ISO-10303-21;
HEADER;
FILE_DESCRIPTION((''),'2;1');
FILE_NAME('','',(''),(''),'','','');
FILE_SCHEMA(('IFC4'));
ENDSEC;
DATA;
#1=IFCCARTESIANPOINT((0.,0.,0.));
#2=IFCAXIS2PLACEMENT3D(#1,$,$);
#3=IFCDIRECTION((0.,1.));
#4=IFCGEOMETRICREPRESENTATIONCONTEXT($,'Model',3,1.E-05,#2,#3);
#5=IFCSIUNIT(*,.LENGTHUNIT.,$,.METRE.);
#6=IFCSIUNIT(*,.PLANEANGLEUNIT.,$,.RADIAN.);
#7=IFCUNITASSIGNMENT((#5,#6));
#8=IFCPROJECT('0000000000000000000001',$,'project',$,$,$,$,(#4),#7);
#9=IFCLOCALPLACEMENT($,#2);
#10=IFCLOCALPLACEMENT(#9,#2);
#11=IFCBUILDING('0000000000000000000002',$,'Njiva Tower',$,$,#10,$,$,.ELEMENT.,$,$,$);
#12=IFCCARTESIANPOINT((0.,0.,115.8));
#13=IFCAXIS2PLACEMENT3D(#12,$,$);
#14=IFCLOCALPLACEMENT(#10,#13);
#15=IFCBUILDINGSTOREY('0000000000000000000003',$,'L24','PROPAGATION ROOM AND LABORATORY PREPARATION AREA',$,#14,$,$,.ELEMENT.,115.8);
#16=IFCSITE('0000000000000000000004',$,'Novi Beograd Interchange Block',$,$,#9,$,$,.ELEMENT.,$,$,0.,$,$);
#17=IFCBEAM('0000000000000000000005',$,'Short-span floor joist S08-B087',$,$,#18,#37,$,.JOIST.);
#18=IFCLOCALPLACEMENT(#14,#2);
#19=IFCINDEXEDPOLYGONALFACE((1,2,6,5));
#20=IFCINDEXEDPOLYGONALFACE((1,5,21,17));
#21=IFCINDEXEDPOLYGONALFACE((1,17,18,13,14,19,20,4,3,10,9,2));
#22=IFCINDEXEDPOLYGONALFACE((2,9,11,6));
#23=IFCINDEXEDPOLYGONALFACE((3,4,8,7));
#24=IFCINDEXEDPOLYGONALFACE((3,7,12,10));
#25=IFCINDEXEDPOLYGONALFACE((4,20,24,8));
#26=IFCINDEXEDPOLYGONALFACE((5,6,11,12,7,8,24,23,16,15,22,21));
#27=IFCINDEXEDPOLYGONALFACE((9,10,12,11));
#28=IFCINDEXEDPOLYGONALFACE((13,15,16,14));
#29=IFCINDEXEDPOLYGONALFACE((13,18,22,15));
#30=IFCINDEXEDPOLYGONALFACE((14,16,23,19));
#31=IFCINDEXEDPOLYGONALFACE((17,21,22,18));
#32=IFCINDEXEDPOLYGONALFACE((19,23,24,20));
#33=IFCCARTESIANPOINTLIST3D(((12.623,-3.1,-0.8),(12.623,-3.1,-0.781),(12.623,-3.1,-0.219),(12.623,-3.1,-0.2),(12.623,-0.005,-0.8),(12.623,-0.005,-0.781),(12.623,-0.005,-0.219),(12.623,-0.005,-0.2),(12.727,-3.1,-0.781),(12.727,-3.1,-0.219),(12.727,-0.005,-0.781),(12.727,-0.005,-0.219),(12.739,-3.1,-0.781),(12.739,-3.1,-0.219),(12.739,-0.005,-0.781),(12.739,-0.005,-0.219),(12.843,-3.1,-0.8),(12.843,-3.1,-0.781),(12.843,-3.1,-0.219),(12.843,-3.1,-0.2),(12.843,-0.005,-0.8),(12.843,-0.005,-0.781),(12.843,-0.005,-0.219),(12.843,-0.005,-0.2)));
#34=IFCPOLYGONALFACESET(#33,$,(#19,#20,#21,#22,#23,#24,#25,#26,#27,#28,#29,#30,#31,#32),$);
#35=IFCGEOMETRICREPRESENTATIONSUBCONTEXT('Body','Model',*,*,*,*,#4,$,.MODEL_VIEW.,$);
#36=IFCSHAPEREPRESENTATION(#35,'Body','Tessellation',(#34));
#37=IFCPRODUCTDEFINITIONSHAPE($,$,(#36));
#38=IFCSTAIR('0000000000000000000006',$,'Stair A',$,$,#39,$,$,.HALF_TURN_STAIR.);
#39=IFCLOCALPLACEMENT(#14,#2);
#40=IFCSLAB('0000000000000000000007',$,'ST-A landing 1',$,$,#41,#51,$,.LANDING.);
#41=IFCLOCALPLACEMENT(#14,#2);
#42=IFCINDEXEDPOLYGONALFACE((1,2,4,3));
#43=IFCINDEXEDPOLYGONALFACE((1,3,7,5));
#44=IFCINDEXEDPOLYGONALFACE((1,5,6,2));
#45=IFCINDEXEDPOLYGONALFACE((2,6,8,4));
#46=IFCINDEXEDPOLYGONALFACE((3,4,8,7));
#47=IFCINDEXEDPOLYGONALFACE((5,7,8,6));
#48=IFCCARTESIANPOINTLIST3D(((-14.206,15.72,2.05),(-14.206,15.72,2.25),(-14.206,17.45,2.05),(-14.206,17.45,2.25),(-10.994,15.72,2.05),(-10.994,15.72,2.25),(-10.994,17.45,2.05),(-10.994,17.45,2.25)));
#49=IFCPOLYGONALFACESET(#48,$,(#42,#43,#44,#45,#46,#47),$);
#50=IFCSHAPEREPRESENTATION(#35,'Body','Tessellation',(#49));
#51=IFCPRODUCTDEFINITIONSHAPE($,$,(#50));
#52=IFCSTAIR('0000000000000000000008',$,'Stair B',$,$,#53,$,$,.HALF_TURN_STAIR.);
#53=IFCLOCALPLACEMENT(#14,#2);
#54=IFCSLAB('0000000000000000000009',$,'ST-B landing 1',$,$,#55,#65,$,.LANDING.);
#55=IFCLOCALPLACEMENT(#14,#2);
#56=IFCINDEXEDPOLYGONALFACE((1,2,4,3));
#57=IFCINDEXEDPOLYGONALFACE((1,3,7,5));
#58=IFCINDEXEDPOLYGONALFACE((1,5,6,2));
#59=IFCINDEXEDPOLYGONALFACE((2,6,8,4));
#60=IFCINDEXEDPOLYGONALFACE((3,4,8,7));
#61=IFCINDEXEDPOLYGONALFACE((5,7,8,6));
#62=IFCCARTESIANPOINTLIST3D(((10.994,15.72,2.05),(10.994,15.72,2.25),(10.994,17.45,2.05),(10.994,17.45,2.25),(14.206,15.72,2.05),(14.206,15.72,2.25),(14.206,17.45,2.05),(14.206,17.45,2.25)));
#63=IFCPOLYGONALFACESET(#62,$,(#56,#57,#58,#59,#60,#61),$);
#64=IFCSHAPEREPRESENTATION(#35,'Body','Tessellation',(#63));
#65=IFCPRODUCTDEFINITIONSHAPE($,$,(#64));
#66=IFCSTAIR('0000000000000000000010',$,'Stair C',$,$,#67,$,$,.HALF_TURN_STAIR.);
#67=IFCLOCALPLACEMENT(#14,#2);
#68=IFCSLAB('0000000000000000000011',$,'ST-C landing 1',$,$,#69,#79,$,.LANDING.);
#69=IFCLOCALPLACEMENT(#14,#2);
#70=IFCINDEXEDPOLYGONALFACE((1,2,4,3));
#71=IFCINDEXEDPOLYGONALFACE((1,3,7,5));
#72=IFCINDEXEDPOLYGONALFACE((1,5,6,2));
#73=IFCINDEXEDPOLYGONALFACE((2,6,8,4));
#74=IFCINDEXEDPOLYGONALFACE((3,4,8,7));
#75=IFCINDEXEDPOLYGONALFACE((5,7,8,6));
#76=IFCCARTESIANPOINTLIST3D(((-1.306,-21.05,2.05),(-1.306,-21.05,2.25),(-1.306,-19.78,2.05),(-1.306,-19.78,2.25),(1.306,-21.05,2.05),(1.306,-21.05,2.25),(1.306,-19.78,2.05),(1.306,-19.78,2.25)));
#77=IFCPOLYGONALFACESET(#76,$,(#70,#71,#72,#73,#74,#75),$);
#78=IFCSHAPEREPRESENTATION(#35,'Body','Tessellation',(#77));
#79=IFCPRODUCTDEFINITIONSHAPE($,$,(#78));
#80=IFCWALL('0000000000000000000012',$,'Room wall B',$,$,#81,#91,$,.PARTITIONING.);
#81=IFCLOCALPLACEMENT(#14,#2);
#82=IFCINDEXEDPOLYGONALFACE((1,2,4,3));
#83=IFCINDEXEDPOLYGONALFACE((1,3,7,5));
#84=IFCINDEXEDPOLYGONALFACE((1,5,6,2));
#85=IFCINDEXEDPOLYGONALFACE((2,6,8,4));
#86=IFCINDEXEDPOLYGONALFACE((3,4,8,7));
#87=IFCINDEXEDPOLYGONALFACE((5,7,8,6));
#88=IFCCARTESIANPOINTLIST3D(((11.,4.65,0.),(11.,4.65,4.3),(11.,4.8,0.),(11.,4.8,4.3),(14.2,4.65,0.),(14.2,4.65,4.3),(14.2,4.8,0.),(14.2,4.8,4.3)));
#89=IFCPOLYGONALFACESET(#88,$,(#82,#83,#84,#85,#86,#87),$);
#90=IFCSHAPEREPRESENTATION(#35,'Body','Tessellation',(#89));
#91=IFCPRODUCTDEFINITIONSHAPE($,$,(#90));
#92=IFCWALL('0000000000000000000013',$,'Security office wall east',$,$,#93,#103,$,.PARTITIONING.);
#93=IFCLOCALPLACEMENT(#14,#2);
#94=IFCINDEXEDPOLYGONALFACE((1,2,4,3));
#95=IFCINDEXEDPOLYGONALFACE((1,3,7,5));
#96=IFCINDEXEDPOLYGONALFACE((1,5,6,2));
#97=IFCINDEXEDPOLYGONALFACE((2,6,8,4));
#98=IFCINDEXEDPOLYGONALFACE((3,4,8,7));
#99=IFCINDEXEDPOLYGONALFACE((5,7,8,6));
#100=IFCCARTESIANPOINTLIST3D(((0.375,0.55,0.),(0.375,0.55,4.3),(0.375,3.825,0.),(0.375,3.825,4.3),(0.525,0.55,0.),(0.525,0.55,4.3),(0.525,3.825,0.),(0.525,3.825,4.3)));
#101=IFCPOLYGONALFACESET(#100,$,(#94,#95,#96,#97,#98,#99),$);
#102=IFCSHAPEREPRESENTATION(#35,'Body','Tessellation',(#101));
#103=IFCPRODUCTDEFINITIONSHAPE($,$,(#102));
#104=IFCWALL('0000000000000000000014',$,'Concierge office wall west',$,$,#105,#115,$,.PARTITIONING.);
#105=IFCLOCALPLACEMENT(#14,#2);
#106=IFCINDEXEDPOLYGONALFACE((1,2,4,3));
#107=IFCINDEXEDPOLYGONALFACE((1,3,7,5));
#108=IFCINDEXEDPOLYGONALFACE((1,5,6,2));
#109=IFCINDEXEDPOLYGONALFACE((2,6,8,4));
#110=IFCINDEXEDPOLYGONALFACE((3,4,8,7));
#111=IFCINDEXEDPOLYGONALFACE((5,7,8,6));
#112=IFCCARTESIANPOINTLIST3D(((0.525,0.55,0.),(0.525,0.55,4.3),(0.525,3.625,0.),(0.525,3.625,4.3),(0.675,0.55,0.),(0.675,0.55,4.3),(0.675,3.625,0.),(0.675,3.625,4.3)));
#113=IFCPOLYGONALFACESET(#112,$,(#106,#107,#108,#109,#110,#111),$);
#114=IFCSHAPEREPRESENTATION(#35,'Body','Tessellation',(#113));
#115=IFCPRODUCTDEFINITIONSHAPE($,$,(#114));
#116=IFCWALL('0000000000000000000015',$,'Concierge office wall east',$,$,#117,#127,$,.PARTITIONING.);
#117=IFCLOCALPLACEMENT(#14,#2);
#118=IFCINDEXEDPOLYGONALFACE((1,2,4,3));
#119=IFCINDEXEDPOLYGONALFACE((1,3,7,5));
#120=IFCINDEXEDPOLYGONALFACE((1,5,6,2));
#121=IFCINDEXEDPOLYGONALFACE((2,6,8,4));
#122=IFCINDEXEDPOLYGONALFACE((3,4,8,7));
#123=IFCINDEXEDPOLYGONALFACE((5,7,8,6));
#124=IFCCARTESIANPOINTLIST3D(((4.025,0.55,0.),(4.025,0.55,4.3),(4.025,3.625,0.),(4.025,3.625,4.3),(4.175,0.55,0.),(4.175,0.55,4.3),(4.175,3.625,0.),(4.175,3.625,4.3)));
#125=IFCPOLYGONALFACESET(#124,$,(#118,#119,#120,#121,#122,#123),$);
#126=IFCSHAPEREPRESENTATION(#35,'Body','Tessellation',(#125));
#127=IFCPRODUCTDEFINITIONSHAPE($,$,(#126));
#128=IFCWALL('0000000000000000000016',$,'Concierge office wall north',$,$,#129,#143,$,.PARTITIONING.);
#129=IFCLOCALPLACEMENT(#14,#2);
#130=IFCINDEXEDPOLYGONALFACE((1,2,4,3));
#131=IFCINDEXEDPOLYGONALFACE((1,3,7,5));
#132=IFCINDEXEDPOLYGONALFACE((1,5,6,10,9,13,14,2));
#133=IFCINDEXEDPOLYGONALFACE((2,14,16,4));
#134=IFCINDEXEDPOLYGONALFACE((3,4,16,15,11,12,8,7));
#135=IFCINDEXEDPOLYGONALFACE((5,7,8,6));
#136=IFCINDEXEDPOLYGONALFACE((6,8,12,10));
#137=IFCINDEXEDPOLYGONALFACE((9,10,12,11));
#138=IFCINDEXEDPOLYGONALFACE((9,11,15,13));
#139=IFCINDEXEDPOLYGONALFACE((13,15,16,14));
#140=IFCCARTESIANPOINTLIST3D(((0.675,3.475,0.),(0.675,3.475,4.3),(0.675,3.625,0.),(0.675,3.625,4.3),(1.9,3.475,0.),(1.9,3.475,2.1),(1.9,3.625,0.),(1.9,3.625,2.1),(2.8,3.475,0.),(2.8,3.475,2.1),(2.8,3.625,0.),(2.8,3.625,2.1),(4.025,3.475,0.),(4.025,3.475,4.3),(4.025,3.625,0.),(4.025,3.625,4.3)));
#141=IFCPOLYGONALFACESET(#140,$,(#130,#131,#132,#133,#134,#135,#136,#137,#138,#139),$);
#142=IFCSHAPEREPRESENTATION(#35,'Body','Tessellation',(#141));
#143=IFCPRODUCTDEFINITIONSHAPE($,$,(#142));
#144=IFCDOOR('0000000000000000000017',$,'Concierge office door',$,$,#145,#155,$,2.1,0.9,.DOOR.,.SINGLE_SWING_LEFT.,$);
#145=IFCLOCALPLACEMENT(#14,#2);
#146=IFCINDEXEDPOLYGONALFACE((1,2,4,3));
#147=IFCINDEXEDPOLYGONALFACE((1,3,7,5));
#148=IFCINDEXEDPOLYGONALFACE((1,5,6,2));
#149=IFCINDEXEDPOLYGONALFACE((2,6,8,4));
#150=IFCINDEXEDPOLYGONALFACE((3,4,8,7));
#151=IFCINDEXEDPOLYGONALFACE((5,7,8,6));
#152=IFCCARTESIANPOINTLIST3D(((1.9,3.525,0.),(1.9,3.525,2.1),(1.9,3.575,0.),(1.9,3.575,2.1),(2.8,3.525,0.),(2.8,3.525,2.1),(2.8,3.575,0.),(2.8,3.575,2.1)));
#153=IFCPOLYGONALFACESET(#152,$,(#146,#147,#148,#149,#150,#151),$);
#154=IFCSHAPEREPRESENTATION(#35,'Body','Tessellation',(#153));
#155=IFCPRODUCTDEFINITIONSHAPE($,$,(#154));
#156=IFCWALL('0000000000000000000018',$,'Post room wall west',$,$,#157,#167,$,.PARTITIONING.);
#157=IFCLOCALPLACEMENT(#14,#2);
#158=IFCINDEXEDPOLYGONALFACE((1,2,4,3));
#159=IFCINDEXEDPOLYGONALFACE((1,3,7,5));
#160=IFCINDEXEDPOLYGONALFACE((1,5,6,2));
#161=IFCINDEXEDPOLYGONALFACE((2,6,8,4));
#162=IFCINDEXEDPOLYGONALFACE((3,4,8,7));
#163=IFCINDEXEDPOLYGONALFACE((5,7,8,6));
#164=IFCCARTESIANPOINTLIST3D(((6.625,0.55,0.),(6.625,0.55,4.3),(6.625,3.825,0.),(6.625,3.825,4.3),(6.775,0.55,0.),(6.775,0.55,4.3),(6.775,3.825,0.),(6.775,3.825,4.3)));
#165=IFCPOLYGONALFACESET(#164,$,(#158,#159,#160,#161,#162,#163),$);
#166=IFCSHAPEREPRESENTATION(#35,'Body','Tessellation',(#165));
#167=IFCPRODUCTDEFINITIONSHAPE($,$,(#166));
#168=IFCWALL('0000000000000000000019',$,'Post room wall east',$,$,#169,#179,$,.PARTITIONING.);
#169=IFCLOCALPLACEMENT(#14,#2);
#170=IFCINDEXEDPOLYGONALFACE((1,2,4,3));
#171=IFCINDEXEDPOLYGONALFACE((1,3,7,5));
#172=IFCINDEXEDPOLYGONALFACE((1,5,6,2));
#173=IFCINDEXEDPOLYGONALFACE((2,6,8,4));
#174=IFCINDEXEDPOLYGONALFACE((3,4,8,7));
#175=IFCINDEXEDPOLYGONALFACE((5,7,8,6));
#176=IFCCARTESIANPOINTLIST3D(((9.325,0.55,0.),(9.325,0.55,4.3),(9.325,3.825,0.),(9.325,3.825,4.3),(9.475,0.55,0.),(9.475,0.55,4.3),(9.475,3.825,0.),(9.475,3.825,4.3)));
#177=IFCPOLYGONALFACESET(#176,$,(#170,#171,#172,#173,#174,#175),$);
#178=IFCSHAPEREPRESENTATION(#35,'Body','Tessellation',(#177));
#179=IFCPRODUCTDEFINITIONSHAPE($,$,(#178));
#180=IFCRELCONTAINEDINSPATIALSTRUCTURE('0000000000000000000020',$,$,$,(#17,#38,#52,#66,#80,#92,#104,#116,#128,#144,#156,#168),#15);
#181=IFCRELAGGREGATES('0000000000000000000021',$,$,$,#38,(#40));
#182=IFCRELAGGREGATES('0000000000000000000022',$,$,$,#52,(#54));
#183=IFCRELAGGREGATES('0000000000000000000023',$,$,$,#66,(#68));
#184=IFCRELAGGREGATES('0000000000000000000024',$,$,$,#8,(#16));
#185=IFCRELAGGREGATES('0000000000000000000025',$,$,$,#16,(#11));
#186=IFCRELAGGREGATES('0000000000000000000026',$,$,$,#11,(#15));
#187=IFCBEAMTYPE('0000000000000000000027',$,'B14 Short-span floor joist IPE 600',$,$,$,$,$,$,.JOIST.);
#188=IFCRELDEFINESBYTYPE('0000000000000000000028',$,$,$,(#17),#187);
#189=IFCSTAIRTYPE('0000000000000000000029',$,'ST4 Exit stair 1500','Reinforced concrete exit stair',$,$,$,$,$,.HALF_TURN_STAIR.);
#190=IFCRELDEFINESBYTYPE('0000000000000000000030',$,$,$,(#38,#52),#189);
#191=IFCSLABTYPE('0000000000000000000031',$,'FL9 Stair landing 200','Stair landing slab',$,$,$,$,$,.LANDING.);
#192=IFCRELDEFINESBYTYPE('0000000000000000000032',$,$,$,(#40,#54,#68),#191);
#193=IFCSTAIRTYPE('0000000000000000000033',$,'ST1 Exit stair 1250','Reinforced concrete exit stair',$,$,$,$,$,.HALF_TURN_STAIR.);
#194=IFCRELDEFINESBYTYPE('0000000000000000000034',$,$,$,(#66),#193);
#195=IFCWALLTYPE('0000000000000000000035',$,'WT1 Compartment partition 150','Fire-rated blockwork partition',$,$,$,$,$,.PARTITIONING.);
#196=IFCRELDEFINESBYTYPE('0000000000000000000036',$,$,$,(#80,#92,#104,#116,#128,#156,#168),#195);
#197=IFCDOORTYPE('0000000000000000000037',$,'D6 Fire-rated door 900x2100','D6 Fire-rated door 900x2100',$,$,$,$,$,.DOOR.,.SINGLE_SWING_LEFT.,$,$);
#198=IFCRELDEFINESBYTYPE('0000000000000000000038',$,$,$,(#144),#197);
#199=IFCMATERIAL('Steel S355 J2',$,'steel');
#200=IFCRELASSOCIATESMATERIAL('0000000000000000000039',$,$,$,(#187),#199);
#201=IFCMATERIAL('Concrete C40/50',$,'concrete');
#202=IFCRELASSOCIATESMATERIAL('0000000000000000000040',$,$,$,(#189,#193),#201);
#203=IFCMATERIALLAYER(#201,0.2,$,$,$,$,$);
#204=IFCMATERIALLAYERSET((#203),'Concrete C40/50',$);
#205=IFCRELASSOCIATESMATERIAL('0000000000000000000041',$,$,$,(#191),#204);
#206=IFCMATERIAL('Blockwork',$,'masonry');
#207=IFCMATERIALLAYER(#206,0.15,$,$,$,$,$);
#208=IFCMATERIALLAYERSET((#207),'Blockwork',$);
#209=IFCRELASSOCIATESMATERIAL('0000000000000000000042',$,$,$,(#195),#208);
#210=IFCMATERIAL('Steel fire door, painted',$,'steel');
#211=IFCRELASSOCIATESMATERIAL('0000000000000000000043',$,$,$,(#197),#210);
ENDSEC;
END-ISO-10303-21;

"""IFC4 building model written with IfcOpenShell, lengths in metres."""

from ifc_helpers import new_model, si_unit, direction, frame, frame_2d, origin, origin_2d, place, context, subcontext, project, spatial, polyline, rectangle, i_section, outline, extrude, material, layer, layer_set, material_profile, profile_set, type_object, element, fill, aggregate, save


model = new_model("IFC4")

# Units and contexts
model_context = context("Model", 3, precision=1e-05, world=origin(), true_north=direction((0.0, 1.0)))
body_context = subcontext(model_context, "Body", "Model", "MODEL_VIEW")
ifc_project = project(units=[si_unit("LENGTHUNIT", "METRE"), si_unit("PLANEANGLEUNIT", "RADIAN")], contexts=[model_context])

# Site, building, storey
site_placement = place(None, origin())
site = spatial("IfcSite", under=ifc_project, at=site_placement, Name="Novi Beograd Interchange Block", CompositionType="ELEMENT", RefElevation=0.0)
building_placement = place(site_placement, origin())
building = spatial("IfcBuilding", under=site, at=building_placement, Name="Njiva Tower", CompositionType="ELEMENT")
storey_placement = place(building_placement, frame((0.0, 0.0, 115.8)))
storey = spatial("IfcBuildingStorey", under=building, at=storey_placement, Name="L24", Description="PROPAGATION ROOM AND LABORATORY PREPARATION AREA", CompositionType="ELEMENT", Elevation=115.8)

# Beam
ifc_material_1 = material(Name="Steel S355 J2", Category="steel")
ifc_material_profile = material_profile(ifc_material_1, i_section(OverallWidth=0.22, OverallDepth=0.6, WebThickness=0.012, FlangeThickness=0.019, at=origin_2d()), Name="IPE 600")
ifc_profile_set = profile_set([ifc_material_profile], Name="Steel S355 J2")
beam_type = type_object("IfcBeamType", Name="B14 Short-span floor joist IPE 600", PredefinedType="JOIST", material=ifc_profile_set)
beam_placement = place(storey_placement, frame((12.733, -0.005, -0.5), z_axis=(0.0, -1.0, 0.0), x_axis=(1.0, 0.0, 0.0)))
element("IfcBeam", 1, at=beam_placement, inside=storey, type_object=beam_type, Name="Short-span floor joist S08-B087", PredefinedType="JOIST", context=body_context, shape_type="SweptSolid", body=[
    extrude(i_section(OverallWidth=0.22, OverallDepth=0.6, WebThickness=0.012, FlangeThickness=0.019, at=origin_2d()), origin(), (0.0, 0.0, 1.0), 3.095),
])

# Stairs, slabs
ifc_material_2 = material(Name="Concrete C40/50", Category="concrete")
stair_type_1 = type_object("IfcStairType", Name="ST4 Exit stair 1500", Description="Reinforced concrete exit stair", PredefinedType="HALF_TURN_STAIR", material=ifc_material_2)
stair_1_placement = place(storey_placement, origin())
stair_1 = element("IfcStair", 2, at=stair_1_placement, inside=storey, type_object=stair_type_1, Name="Stair A", PredefinedType="HALF_TURN_STAIR")
ifc_layer_1 = layer(ifc_material_2, 0.2)
ifc_layer_set_1 = layer_set([ifc_layer_1], Name="Concrete C40/50")
slab_type = type_object("IfcSlabType", Name="FL9 Stair landing 200", Description="Stair landing slab", PredefinedType="LANDING", material=ifc_layer_set_1)
slab_1_placement = place(storey_placement, frame((0.0, 0.0, 2.05)))
slab_1 = element("IfcSlab", 3, at=slab_1_placement, type_object=slab_type, Name="ST-A landing 1", PredefinedType="LANDING", context=body_context, shape_type="SweptSolid", body=[
    extrude(outline(polyline([(-14.206, 15.72), (-10.994, 15.72), (-10.994, 17.45), (-14.206, 17.45), (-14.206, 15.72)])), origin(), (0.0, 0.0, 1.0), 0.2),
])
aggregate(stair_1, [slab_1])
stair_2_placement = place(storey_placement, origin())
stair_2 = element("IfcStair", 4, at=stair_2_placement, inside=storey, type_object=stair_type_1, Name="Stair B", PredefinedType="HALF_TURN_STAIR")
slab_2_placement = place(storey_placement, frame((0.0, 0.0, 2.05)))
slab_2 = element("IfcSlab", 5, at=slab_2_placement, type_object=slab_type, Name="ST-B landing 1", PredefinedType="LANDING", context=body_context, shape_type="SweptSolid", body=[
    extrude(outline(polyline([(10.994, 15.72), (14.206, 15.72), (14.206, 17.45), (10.994, 17.45), (10.994, 15.72)])), origin(), (0.0, 0.0, 1.0), 0.2),
])
aggregate(stair_2, [slab_2])
stair_type_2 = type_object("IfcStairType", Name="ST1 Exit stair 1250", Description="Reinforced concrete exit stair", PredefinedType="HALF_TURN_STAIR", material=ifc_material_2)
stair_3_placement = place(storey_placement, origin())
stair_3 = element("IfcStair", 6, at=stair_3_placement, inside=storey, type_object=stair_type_2, Name="Stair C", PredefinedType="HALF_TURN_STAIR")
slab_3_placement = place(storey_placement, frame((0.0, 0.0, 2.05)))
slab_3 = element("IfcSlab", 7, at=slab_3_placement, type_object=slab_type, Name="ST-C landing 1", PredefinedType="LANDING", context=body_context, shape_type="SweptSolid", body=[
    extrude(outline(polyline([(-1.306, -21.05), (1.306, -21.05), (1.306, -19.78), (-1.306, -19.78), (-1.306, -21.05)])), origin(), (0.0, 0.0, 1.0), 0.2),
])
aggregate(stair_3, [slab_3])

# Walls
ifc_material_3 = material(Name="Blockwork", Category="masonry")
ifc_layer_2 = layer(ifc_material_3, 0.15)
ifc_layer_set_2 = layer_set([ifc_layer_2], Name="Blockwork")
wall_type_1 = type_object("IfcWallType", Name="WT1 Compartment partition 150", Description="Fire-rated blockwork partition", PredefinedType="PARTITIONING", material=ifc_layer_set_2)
wall_1_placement = place(storey_placement, frame((11.0, 4.725, 0.0), z_axis=(0.0, 0.0, 1.0), x_axis=(1.0, 0.0, 0.0)))
element("IfcWall", 8, at=wall_1_placement, inside=storey, type_object=wall_type_1, Name="Room wall B", PredefinedType="PARTITIONING", context=body_context, shape_type="SweptSolid", body=[
    extrude(rectangle(XDim=3.2, YDim=0.15, at=frame_2d((1.6, 0.0))), origin(), (0.0, 0.0, 1.0), 4.3),
])
wall_2_placement = place(storey_placement, frame((0.45, 0.55, 0.0), z_axis=(0.0, 0.0, 1.0), x_axis=(0.0, 1.0, 0.0)))
element("IfcWall", 9, at=wall_2_placement, inside=storey, type_object=wall_type_1, Name="Security office wall east", PredefinedType="PARTITIONING", context=body_context, shape_type="SweptSolid", body=[
    extrude(rectangle(XDim=3.275, YDim=0.15, at=frame_2d((1.6375, 0.0))), origin(), (0.0, 0.0, 1.0), 4.3),
])
for number, where, z_axis, x_axis, name in (
    (10, (0.6, 0.55, 0.0), (0.0, 0.0, 1.0), (0.0, 1.0, 0.0), "Concierge office wall west"),
    (11, (4.1, 0.55, 0.0), (0.0, 0.0, 1.0), (0.0, 1.0, 0.0), "Concierge office wall east"),
):
    element("IfcWall", number, at=place(storey_placement, frame(where, z_axis=z_axis, x_axis=x_axis)), inside=storey, type_object=wall_type_1, Name=name, PredefinedType="PARTITIONING", context=body_context, shape_type="SweptSolid", body=[
        extrude(rectangle(XDim=3.075, YDim=0.15, at=frame_2d((1.5375, 0.0))), origin(), (0.0, 0.0, 1.0), 4.3),
    ])

# Wall, opening, door
wall_3_placement = place(storey_placement, frame((0.675, 3.55, 0.0), z_axis=(0.0, 0.0, 1.0), x_axis=(1.0, 0.0, 0.0)))
wall_3 = element("IfcWall", 12, at=wall_3_placement, inside=storey, type_object=wall_type_1, Name="Concierge office wall north", PredefinedType="PARTITIONING", context=body_context, shape_type="SweptSolid", body=[
    extrude(rectangle(XDim=3.35, YDim=0.15, at=frame_2d((1.675, 0.0))), origin(), (0.0, 0.0, 1.0), 4.3),
])
opening_1_placement = place(wall_3_placement, frame((1.225, 0.0, 0.0)))
opening_1 = element("IfcOpeningElement", 13, at=opening_1_placement, cuts=wall_3, PredefinedType="OPENING", context=body_context, shape_type="SweptSolid", body=[
    extrude(rectangle(XDim=0.9, YDim=2.1, at=frame_2d((0.45, 1.05))), frame((0.0, 0.085, 0.0), z_axis=(0.0, -1.0, 0.0), x_axis=(1.0, 0.0, 0.0)), (0.0, 0.0, 1.0), 0.17),
])
ifc_material_4 = material(Name="Steel fire door, painted", Category="steel")
door_type_1 = type_object("IfcDoorType", Name="D6 Fire-rated door 900x2100", Description="D6 Fire-rated door 900x2100", OperationType="SINGLE_SWING_LEFT", PredefinedType="DOOR", material=ifc_material_4)
door_1_placement = place(opening_1_placement, origin())
door_1 = element("IfcDoor", 14, at=door_1_placement, inside=storey, type_object=door_type_1, Name="Concierge office door", OperationType="SINGLE_SWING_LEFT", OverallHeight=2.1, OverallWidth=0.9, PredefinedType="DOOR", context=body_context, shape_type="SweptSolid", body=[
    extrude(rectangle(XDim=0.9, YDim=2.1, at=frame_2d((0.45, 1.05))), frame((0.0, 0.025, 0.0), z_axis=(0.0, -1.0, 0.0), x_axis=(1.0, 0.0, 0.0)), (0.0, 0.0, 1.0), 0.05),
])
fill(opening_1, door_1)

# Walls
for number, where, z_axis, x_axis, name in (
    (15, (6.7, 0.55, 0.0), (0.0, 0.0, 1.0), (0.0, 1.0, 0.0), "Post room wall west"),
    (16, (9.4, 0.55, 0.0), (0.0, 0.0, 1.0), (0.0, 1.0, 0.0), "Post room wall east"),
):
    element("IfcWall", number, at=place(storey_placement, frame(where, z_axis=z_axis, x_axis=x_axis)), inside=storey, type_object=wall_type_1, Name=name, PredefinedType="PARTITIONING", context=body_context, shape_type="SweptSolid", body=[
        extrude(rectangle(XDim=3.275, YDim=0.15, at=frame_2d((1.6375, 0.0))), origin(), (0.0, 0.0, 1.0), 4.3),
    ])

save(model, "model.ifc")
